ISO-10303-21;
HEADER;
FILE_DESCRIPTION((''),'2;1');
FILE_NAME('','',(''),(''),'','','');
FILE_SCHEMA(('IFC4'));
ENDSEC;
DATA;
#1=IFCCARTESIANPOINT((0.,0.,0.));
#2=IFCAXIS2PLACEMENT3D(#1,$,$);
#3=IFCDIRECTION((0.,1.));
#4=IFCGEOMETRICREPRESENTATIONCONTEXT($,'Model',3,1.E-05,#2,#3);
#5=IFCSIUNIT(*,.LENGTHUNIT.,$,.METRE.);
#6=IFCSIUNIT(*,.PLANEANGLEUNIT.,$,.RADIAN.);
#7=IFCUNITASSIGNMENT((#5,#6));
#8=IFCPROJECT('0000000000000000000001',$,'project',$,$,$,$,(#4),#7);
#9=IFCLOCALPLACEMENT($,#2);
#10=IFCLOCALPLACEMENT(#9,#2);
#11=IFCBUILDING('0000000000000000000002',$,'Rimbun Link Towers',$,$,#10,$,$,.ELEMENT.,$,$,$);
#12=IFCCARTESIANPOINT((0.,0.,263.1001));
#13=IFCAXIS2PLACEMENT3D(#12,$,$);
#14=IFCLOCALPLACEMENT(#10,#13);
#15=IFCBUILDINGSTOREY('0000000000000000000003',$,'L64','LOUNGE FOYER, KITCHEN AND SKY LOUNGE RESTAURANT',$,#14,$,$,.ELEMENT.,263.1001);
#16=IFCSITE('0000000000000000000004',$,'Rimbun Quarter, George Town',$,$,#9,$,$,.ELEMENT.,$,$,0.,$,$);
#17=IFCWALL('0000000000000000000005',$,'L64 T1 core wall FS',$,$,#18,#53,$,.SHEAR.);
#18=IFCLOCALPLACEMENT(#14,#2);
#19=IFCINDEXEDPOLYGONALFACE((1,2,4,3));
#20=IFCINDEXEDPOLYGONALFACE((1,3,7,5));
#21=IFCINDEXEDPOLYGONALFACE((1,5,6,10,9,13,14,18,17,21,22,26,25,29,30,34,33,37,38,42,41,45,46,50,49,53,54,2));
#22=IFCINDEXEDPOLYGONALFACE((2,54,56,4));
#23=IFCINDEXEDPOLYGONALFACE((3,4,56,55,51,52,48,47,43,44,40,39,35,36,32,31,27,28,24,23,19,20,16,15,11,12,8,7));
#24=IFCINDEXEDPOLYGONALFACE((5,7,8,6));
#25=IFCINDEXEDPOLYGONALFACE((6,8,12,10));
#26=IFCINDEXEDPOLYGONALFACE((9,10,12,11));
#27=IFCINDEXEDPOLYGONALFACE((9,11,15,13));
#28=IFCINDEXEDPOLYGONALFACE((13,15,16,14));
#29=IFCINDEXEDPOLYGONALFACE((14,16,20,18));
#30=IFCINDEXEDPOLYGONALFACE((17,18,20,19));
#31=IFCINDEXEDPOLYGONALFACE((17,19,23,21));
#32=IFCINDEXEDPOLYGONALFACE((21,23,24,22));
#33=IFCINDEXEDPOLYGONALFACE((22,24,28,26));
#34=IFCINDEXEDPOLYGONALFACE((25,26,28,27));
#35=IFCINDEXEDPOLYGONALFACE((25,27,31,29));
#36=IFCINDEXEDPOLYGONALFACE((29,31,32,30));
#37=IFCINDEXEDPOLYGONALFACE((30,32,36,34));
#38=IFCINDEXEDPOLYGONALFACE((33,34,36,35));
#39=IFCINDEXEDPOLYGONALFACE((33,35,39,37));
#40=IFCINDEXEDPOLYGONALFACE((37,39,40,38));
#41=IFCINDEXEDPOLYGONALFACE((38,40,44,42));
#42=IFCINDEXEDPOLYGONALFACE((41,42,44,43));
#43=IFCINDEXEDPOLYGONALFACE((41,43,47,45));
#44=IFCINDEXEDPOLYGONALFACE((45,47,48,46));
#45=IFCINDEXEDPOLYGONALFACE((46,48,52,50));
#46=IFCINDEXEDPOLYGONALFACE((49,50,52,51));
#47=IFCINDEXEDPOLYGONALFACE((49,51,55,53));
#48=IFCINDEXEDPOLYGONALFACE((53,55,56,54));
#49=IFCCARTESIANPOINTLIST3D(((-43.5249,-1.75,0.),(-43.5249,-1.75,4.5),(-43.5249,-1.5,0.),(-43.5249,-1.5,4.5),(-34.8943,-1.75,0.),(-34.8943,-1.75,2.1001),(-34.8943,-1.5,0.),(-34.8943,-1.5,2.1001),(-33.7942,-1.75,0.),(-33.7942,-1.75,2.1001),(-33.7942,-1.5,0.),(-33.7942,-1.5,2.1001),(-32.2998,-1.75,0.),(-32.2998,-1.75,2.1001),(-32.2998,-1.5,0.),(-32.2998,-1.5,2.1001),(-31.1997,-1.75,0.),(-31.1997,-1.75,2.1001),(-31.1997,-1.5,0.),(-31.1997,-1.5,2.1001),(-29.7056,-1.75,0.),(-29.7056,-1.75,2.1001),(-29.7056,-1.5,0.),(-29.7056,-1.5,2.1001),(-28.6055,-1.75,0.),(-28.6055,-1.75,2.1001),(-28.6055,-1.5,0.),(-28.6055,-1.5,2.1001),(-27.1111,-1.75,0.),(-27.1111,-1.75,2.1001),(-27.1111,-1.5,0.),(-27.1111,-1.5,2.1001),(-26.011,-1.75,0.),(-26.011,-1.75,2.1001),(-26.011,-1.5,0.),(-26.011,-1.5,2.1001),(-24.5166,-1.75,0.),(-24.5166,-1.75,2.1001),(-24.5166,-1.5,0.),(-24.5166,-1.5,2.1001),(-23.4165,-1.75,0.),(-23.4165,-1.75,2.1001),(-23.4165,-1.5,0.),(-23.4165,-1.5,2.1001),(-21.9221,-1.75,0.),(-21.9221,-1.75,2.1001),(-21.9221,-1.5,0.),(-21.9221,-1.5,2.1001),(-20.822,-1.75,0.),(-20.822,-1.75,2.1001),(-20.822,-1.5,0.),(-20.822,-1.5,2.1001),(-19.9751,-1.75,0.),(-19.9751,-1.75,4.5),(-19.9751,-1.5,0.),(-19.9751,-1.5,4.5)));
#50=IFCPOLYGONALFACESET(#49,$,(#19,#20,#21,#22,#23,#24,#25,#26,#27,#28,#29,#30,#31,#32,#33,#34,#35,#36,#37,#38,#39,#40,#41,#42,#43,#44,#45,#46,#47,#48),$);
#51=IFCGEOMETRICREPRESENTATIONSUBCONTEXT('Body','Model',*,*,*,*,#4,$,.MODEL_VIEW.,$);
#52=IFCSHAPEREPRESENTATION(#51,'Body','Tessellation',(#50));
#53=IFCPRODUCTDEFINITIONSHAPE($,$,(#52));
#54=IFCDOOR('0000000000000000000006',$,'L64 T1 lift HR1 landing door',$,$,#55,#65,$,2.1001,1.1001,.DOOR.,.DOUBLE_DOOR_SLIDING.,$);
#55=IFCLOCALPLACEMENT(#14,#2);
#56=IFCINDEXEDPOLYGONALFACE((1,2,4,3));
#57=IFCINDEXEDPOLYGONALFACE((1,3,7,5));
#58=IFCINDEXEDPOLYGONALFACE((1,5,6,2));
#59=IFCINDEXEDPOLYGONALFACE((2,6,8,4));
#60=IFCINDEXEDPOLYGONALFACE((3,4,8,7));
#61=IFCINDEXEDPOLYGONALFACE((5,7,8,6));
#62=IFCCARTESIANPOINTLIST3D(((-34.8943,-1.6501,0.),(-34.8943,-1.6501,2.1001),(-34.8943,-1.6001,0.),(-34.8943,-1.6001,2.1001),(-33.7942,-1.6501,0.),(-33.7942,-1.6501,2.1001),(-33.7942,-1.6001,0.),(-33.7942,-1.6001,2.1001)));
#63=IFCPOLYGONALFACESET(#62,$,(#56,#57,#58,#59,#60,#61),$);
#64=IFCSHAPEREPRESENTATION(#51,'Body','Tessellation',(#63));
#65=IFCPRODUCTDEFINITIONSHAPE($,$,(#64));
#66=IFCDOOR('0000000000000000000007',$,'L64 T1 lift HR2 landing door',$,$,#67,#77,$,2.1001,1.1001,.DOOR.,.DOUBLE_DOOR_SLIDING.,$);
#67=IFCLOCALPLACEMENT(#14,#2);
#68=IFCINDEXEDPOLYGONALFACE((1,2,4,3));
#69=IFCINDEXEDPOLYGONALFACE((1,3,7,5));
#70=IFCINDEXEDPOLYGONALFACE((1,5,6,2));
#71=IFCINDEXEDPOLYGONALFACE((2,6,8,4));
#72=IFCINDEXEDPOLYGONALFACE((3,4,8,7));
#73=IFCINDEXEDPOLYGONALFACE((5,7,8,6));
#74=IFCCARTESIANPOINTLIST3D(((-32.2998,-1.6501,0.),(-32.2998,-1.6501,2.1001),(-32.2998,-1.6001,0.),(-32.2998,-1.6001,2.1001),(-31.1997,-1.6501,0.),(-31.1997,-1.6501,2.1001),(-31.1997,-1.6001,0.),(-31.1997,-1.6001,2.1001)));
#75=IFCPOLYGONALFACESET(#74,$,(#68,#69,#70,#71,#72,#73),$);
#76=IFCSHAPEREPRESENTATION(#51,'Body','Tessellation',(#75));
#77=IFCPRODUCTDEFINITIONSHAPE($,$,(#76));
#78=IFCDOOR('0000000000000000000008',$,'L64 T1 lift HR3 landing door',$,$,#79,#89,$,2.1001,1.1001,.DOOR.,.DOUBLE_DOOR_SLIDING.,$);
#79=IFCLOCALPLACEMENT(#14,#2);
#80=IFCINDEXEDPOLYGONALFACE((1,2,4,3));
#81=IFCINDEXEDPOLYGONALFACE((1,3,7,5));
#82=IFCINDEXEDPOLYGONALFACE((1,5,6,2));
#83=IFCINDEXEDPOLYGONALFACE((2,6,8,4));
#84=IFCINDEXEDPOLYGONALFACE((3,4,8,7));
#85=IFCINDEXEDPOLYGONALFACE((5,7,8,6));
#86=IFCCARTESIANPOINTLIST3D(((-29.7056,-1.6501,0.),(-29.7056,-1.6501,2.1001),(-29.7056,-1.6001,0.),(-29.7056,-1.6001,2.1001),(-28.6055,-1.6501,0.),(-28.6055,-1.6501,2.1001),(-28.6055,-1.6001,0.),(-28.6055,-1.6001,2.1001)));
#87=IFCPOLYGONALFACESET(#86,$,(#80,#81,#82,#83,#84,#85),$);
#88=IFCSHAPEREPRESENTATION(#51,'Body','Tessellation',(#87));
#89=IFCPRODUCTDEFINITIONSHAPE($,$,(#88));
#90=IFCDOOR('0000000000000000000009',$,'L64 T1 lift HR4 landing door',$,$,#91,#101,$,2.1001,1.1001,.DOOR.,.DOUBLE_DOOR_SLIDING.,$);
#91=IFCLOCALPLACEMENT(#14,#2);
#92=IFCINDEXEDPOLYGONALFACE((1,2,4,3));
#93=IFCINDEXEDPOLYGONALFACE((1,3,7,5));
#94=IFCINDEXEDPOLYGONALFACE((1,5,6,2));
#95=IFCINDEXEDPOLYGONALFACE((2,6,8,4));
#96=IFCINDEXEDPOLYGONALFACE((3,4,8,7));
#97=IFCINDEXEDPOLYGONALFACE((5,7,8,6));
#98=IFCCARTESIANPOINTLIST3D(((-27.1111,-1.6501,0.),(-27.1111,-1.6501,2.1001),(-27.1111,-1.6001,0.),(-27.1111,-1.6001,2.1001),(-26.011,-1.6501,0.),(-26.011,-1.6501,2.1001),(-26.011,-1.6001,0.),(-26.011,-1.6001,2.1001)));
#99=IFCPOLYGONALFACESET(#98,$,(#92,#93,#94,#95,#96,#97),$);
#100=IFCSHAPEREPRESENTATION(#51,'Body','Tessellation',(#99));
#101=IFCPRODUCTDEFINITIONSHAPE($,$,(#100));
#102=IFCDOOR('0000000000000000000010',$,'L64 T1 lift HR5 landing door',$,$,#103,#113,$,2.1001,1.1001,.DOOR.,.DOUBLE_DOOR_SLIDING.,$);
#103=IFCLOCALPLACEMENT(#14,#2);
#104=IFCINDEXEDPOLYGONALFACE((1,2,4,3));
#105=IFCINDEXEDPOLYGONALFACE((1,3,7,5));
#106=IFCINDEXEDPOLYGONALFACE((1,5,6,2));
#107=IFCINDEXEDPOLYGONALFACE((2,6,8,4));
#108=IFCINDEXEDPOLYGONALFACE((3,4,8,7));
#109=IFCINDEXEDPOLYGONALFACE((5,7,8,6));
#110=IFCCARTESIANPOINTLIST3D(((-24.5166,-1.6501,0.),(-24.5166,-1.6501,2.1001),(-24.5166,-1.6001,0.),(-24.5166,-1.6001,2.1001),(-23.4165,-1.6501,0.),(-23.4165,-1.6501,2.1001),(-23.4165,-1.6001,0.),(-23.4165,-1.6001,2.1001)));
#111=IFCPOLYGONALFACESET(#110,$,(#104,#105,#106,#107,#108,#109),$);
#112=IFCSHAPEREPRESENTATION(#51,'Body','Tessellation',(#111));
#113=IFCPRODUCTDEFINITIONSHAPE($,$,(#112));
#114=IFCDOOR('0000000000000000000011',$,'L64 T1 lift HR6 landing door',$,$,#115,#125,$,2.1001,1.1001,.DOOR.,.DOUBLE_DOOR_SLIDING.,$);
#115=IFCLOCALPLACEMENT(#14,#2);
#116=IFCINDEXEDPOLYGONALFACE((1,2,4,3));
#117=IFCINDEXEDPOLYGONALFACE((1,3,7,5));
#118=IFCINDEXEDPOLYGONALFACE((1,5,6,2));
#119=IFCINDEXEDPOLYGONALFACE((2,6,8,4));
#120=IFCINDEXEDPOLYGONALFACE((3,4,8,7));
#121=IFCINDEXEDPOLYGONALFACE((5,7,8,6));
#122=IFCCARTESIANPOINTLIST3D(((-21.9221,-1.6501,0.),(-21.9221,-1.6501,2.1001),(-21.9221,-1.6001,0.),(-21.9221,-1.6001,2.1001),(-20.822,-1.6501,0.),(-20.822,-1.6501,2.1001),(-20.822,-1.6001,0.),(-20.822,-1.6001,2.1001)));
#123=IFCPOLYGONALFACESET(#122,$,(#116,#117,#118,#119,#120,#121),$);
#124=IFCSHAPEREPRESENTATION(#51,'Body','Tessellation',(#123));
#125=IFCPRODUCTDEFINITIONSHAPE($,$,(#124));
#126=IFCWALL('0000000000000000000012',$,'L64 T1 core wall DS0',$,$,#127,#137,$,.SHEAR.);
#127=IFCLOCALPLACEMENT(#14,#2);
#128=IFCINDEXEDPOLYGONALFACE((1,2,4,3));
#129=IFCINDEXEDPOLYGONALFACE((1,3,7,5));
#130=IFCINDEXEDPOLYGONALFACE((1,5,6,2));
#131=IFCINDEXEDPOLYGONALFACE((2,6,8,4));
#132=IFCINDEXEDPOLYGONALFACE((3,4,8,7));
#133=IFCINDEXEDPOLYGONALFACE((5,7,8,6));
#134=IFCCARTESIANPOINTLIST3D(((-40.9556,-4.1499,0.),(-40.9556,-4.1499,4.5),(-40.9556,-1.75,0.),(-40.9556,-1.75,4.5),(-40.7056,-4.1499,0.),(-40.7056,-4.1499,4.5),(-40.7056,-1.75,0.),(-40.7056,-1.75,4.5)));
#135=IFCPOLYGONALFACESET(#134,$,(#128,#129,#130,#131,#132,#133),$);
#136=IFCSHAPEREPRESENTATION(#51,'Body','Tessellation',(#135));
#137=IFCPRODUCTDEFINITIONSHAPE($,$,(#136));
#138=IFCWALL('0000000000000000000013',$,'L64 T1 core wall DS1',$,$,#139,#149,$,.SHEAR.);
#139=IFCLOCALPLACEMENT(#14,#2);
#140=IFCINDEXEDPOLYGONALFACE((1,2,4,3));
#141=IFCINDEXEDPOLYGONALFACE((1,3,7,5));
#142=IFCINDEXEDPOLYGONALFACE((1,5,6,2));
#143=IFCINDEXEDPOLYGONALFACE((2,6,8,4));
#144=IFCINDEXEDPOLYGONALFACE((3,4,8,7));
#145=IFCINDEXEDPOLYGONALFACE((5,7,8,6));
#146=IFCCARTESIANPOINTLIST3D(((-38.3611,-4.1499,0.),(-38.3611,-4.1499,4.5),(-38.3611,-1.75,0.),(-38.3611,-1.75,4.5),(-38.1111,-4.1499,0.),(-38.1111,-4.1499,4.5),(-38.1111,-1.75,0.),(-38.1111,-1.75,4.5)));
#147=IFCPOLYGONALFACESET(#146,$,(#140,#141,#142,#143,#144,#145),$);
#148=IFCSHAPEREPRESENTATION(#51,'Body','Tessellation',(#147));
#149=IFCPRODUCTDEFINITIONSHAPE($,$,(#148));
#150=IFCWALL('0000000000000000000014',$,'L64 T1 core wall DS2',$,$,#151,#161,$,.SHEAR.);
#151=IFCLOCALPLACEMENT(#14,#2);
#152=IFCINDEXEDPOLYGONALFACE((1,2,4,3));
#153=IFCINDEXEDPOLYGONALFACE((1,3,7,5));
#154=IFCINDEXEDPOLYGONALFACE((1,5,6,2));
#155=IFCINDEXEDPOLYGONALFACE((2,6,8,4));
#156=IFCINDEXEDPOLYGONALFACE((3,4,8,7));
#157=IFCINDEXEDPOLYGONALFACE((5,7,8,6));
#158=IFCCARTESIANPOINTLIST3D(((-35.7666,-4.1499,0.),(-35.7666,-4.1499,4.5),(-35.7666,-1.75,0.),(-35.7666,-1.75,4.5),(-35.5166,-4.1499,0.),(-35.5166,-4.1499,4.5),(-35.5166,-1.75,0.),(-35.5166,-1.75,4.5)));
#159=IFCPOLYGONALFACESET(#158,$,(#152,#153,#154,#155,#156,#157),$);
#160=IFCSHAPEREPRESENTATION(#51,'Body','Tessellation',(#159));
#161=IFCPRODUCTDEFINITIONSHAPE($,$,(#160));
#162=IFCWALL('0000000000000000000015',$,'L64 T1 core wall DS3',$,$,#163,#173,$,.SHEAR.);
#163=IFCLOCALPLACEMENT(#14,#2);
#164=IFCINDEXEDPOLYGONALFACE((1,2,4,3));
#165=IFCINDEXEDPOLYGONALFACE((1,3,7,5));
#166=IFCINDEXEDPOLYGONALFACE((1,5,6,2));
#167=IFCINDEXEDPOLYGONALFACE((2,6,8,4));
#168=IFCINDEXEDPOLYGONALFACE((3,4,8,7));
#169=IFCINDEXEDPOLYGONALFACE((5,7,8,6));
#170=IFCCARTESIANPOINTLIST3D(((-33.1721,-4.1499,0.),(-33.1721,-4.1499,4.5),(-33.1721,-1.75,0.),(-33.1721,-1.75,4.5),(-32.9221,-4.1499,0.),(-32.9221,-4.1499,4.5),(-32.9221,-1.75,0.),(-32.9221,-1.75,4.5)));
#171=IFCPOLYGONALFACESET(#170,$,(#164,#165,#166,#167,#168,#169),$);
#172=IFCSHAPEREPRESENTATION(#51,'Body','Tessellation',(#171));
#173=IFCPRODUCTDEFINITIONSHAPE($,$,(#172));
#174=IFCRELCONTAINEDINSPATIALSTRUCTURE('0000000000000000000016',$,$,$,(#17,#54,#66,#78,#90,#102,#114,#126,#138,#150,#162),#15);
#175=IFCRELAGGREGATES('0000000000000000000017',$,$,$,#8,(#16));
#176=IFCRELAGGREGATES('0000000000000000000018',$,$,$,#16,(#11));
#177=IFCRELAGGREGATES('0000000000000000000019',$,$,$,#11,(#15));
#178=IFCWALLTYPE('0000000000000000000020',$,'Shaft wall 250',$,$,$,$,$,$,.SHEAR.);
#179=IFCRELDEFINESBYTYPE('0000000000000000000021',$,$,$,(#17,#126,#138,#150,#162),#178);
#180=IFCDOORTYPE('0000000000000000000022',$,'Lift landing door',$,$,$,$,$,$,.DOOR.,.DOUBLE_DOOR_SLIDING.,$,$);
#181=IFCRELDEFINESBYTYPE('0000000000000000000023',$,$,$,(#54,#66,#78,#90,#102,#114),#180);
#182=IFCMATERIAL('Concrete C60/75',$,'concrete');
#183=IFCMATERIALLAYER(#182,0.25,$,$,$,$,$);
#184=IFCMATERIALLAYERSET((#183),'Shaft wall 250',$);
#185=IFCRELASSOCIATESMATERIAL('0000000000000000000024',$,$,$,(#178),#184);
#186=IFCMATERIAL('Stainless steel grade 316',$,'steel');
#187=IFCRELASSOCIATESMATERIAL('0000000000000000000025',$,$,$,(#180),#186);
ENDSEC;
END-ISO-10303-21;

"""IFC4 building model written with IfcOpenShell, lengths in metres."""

from ifc_helpers import new_model, si_unit, direction, frame, frame_2d, origin, place, context, subcontext, project, spatial, rectangle, extrude, material, layer, layer_set, type_object, element, fill, save


model = new_model("IFC4")

# Units and contexts
model_context = context("Model", 3, precision=1e-05, world=origin(), true_north=direction((0.0, 1.0)))
body_context = subcontext(model_context, "Body", "Model", "MODEL_VIEW")
ifc_project = project(units=[si_unit("LENGTHUNIT", "METRE"), si_unit("PLANEANGLEUNIT", "RADIAN")], contexts=[model_context])

# Site, building, storey
site_placement = place(None, origin())
site = spatial("IfcSite", under=ifc_project, at=site_placement, Name="Rimbun Quarter, George Town", CompositionType="ELEMENT", RefElevation=0.0)
building_placement = place(site_placement, origin())
building = spatial("IfcBuilding", under=site, at=building_placement, Name="Rimbun Link Towers", CompositionType="ELEMENT")
storey_placement = place(building_placement, frame((0.0, 0.0, 263.1001)))
storey = spatial("IfcBuildingStorey", under=building, at=storey_placement, Name="L64", Description="LOUNGE FOYER, KITCHEN AND SKY LOUNGE RESTAURANT", CompositionType="ELEMENT", Elevation=263.1001)

# Shared definitions
ifc_material_1 = material(Name="Concrete C60/75", Category="concrete")
ifc_layer_1 = layer(ifc_material_1, 0.25)
ifc_layer_set_1 = layer_set([ifc_layer_1], Name="Shaft wall 250")
wall_type_1 = type_object("IfcWallType", Name="Shaft wall 250", PredefinedType="SHEAR", material=ifc_layer_set_1)

# Wall, openings, doors
wall_1_placement = place(storey_placement, frame((-43.5249, -1.625, 0.0), z_axis=(0.0, 0.0, 1.0), x_axis=(1.0, 0.0, 0.0)))
wall_1 = element("IfcWall", 1, at=wall_1_placement, inside=storey, type_object=wall_type_1, Name="L64 T1 core wall FS", PredefinedType="SHEAR", context=body_context, shape_type="SweptSolid", body=[
    extrude(rectangle(XDim=23.5498, YDim=0.25, at=frame_2d((11.7749, 0.0))), origin(), (0.0, 0.0, 1.0), 4.5),
])
opening_1_placement = place(wall_1_placement, frame((8.6306, 0.0, 0.0)))
opening_1 = element("IfcOpeningElement", 2, at=opening_1_placement, cuts=wall_1, PredefinedType="OPENING", context=body_context, shape_type="SweptSolid", body=[
    extrude(rectangle(XDim=1.1001, YDim=2.1001, at=frame_2d((0.55, 1.05))), frame((0.0, 0.135, 0.0), z_axis=(0.0, -1.0, 0.0), x_axis=(1.0, 0.0, 0.0)), (0.0, 0.0, 1.0), 0.27),
])
opening_2_placement = place(wall_1_placement, frame((11.2251, 0.0, 0.0)))
opening_2 = element("IfcOpeningElement", 3, at=opening_2_placement, cuts=wall_1, PredefinedType="OPENING", context=body_context, shape_type="SweptSolid", body=[
    extrude(rectangle(XDim=1.1001, YDim=2.1001, at=frame_2d((0.55, 1.05))), frame((0.0, 0.135, 0.0), z_axis=(0.0, -1.0, 0.0), x_axis=(1.0, 0.0, 0.0)), (0.0, 0.0, 1.0), 0.27),
])
opening_3_placement = place(wall_1_placement, frame((13.8193, 0.0, 0.0)))
opening_3 = element("IfcOpeningElement", 4, at=opening_3_placement, cuts=wall_1, PredefinedType="OPENING", context=body_context, shape_type="SweptSolid", body=[
    extrude(rectangle(XDim=1.1001, YDim=2.1001, at=frame_2d((0.55, 1.05))), frame((0.0, 0.135, 0.0), z_axis=(0.0, -1.0, 0.0), x_axis=(1.0, 0.0, 0.0)), (0.0, 0.0, 1.0), 0.27),
])
opening_4_placement = place(wall_1_placement, frame((16.4138, 0.0, 0.0)))
opening_4 = element("IfcOpeningElement", 5, at=opening_4_placement, cuts=wall_1, PredefinedType="OPENING", context=body_context, shape_type="SweptSolid", body=[
    extrude(rectangle(XDim=1.1001, YDim=2.1001, at=frame_2d((0.55, 1.05))), frame((0.0, 0.135, 0.0), z_axis=(0.0, -1.0, 0.0), x_axis=(1.0, 0.0, 0.0)), (0.0, 0.0, 1.0), 0.27),
])
opening_5_placement = place(wall_1_placement, frame((19.0083, 0.0, 0.0)))
opening_5 = element("IfcOpeningElement", 6, at=opening_5_placement, cuts=wall_1, PredefinedType="OPENING", context=body_context, shape_type="SweptSolid", body=[
    extrude(rectangle(XDim=1.1001, YDim=2.1001, at=frame_2d((0.55, 1.05))), frame((0.0, 0.135, 0.0), z_axis=(0.0, -1.0, 0.0), x_axis=(1.0, 0.0, 0.0)), (0.0, 0.0, 1.0), 0.27),
])
opening_6_placement = place(wall_1_placement, frame((21.6028, 0.0, 0.0)))
opening_6 = element("IfcOpeningElement", 7, at=opening_6_placement, cuts=wall_1, PredefinedType="OPENING", context=body_context, shape_type="SweptSolid", body=[
    extrude(rectangle(XDim=1.1001, YDim=2.1001, at=frame_2d((0.55, 1.05))), frame((0.0, 0.135, 0.0), z_axis=(0.0, -1.0, 0.0), x_axis=(1.0, 0.0, 0.0)), (0.0, 0.0, 1.0), 0.27),
])
ifc_material_2 = material(Name="Stainless steel grade 316", Category="steel")
door_type_1 = type_object("IfcDoorType", Name="Lift landing door", OperationType="DOUBLE_DOOR_SLIDING", PredefinedType="DOOR", material=ifc_material_2)
door_1_placement = place(opening_1_placement, origin())
door_1 = element("IfcDoor", 8, at=door_1_placement, inside=storey, type_object=door_type_1, Name="L64 T1 lift HR1 landing door", OperationType="DOUBLE_DOOR_SLIDING", OverallHeight=2.1001, OverallWidth=1.1001, PredefinedType="DOOR", context=body_context, shape_type="SweptSolid", body=[
    extrude(rectangle(XDim=1.1001, YDim=2.1001, at=frame_2d((0.55, 1.05))), frame((0.0, 0.0249, 0.0), z_axis=(0.0, -1.0, 0.0), x_axis=(1.0, 0.0, 0.0)), (0.0, 0.0, 1.0), 0.05),
])
fill(opening_1, door_1)
door_2_placement = place(opening_2_placement, origin())
door_2 = element("IfcDoor", 9, at=door_2_placement, inside=storey, type_object=door_type_1, Name="L64 T1 lift HR2 landing door", OperationType="DOUBLE_DOOR_SLIDING", OverallHeight=2.1001, OverallWidth=1.1001, PredefinedType="DOOR", context=body_context, shape_type="SweptSolid", body=[
    extrude(rectangle(XDim=1.1001, YDim=2.1001, at=frame_2d((0.55, 1.05))), frame((0.0, 0.0249, 0.0), z_axis=(0.0, -1.0, 0.0), x_axis=(1.0, 0.0, 0.0)), (0.0, 0.0, 1.0), 0.05),
])
fill(opening_2, door_2)
door_3_placement = place(opening_3_placement, origin())
door_3 = element("IfcDoor", 10, at=door_3_placement, inside=storey, type_object=door_type_1, Name="L64 T1 lift HR3 landing door", OperationType="DOUBLE_DOOR_SLIDING", OverallHeight=2.1001, OverallWidth=1.1001, PredefinedType="DOOR", context=body_context, shape_type="SweptSolid", body=[
    extrude(rectangle(XDim=1.1001, YDim=2.1001, at=frame_2d((0.55, 1.05))), frame((0.0, 0.0249, 0.0), z_axis=(0.0, -1.0, 0.0), x_axis=(1.0, 0.0, 0.0)), (0.0, 0.0, 1.0), 0.05),
])
fill(opening_3, door_3)
door_4_placement = place(opening_4_placement, origin())
door_4 = element("IfcDoor", 11, at=door_4_placement, inside=storey, type_object=door_type_1, Name="L64 T1 lift HR4 landing door", OperationType="DOUBLE_DOOR_SLIDING", OverallHeight=2.1001, OverallWidth=1.1001, PredefinedType="DOOR", context=body_context, shape_type="SweptSolid", body=[
    extrude(rectangle(XDim=1.1001, YDim=2.1001, at=frame_2d((0.55, 1.05))), frame((0.0, 0.0249, 0.0), z_axis=(0.0, -1.0, 0.0), x_axis=(1.0, 0.0, 0.0)), (0.0, 0.0, 1.0), 0.05),
])
fill(opening_4, door_4)
door_5_placement = place(opening_5_placement, origin())
door_5 = element("IfcDoor", 12, at=door_5_placement, inside=storey, type_object=door_type_1, Name="L64 T1 lift HR5 landing door", OperationType="DOUBLE_DOOR_SLIDING", OverallHeight=2.1001, OverallWidth=1.1001, PredefinedType="DOOR", context=body_context, shape_type="SweptSolid", body=[
    extrude(rectangle(XDim=1.1001, YDim=2.1001, at=frame_2d((0.55, 1.05))), frame((0.0, 0.0249, 0.0), z_axis=(0.0, -1.0, 0.0), x_axis=(1.0, 0.0, 0.0)), (0.0, 0.0, 1.0), 0.05),
])
fill(opening_5, door_5)
door_6_placement = place(opening_6_placement, origin())
door_6 = element("IfcDoor", 13, at=door_6_placement, inside=storey, type_object=door_type_1, Name="L64 T1 lift HR6 landing door", OperationType="DOUBLE_DOOR_SLIDING", OverallHeight=2.1001, OverallWidth=1.1001, PredefinedType="DOOR", context=body_context, shape_type="SweptSolid", body=[
    extrude(rectangle(XDim=1.1001, YDim=2.1001, at=frame_2d((0.55, 1.05))), frame((0.0, 0.0249, 0.0), z_axis=(0.0, -1.0, 0.0), x_axis=(1.0, 0.0, 0.0)), (0.0, 0.0, 1.0), 0.05),
])
fill(opening_6, door_6)

# Walls
for number, where, z_axis, x_axis, name in (
    (14, (-40.8306, -4.1499, 0.0), (0.0, 0.0, 1.0), (0.0, 1.0, 0.0), "L64 T1 core wall DS0"),
    (15, (-38.2361, -4.1499, 0.0), (0.0, 0.0, 1.0), (0.0, 1.0, 0.0), "L64 T1 core wall DS1"),
    (16, (-35.6416, -4.1499, 0.0), (0.0, 0.0, 1.0), (0.0, 1.0, 0.0), "L64 T1 core wall DS2"),
    (17, (-33.0471, -4.1499, 0.0), (0.0, 0.0, 1.0), (0.0, 1.0, 0.0), "L64 T1 core wall DS3"),
):
    element("IfcWall", number, at=place(storey_placement, frame(where, z_axis=z_axis, x_axis=x_axis)), inside=storey, type_object=wall_type_1, Name=name, PredefinedType="SHEAR", context=body_context, shape_type="SweptSolid", body=[
        extrude(rectangle(XDim=2.3999, YDim=0.25, at=frame_2d((1.2, 0.0))), origin(), (0.0, 0.0, 1.0), 4.5),
    ])

save(model, "model.ifc")
